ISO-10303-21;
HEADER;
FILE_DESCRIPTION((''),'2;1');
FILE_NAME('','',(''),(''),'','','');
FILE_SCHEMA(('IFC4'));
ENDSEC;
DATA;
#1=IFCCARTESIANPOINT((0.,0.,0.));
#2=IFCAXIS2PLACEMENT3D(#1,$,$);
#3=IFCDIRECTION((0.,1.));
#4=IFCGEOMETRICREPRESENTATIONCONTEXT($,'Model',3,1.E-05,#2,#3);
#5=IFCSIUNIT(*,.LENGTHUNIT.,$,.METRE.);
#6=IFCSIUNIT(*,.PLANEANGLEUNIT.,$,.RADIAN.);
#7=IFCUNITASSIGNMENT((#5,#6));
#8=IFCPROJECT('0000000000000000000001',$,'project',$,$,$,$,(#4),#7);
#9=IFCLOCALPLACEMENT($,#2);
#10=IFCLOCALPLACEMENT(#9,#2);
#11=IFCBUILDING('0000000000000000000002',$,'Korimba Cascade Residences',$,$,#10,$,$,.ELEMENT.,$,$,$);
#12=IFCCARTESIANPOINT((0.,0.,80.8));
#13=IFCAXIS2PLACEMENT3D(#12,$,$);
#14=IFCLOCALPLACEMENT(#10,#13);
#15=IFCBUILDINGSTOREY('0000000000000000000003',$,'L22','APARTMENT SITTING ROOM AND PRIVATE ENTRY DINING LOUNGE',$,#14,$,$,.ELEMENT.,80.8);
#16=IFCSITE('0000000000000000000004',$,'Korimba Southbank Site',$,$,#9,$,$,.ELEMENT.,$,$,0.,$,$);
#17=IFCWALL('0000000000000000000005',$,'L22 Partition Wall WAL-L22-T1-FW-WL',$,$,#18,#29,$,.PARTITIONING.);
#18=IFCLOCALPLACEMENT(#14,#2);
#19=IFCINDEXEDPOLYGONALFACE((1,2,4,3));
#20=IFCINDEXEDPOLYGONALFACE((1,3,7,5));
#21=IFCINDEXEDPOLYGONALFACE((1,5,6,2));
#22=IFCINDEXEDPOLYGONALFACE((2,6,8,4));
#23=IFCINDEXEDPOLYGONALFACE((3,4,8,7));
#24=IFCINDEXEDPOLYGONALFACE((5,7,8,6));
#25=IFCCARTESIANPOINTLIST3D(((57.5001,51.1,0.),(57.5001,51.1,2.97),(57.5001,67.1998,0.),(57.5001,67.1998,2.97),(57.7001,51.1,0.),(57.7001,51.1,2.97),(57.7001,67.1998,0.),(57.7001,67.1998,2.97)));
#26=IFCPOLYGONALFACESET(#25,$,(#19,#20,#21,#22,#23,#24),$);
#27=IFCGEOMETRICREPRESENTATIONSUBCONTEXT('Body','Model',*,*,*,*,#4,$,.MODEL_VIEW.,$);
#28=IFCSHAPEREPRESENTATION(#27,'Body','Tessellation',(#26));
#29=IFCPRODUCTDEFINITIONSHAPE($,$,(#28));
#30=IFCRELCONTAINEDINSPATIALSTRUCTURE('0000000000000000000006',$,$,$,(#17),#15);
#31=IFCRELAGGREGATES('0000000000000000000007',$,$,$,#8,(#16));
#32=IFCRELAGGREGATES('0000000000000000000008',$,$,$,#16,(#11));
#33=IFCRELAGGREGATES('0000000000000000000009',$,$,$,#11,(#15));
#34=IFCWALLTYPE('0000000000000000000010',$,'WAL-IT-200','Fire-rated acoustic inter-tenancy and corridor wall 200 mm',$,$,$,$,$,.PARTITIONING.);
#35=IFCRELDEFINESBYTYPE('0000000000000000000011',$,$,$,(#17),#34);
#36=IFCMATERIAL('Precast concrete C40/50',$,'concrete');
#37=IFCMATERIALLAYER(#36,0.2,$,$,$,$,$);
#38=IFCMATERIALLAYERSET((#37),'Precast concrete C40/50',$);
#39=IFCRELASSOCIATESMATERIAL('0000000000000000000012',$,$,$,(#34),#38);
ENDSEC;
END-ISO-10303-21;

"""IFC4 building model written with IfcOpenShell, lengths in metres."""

from ifc_helpers import new_model, si_unit, direction, frame, frame_2d, origin, place, context, subcontext, project, spatial, rectangle, extrude, material, layer, layer_set, type_object, element, save


model = new_model("IFC4")

# Units and contexts
model_context = context("Model", 3, precision=1e-05, world=origin(), true_north=direction((0.0, 1.0)))
body_context = subcontext(model_context, "Body", "Model", "MODEL_VIEW")
ifc_project = project(units=[si_unit("LENGTHUNIT", "METRE"), si_unit("PLANEANGLEUNIT", "RADIAN")], contexts=[model_context])

# Site, building, storey
site_placement = place(None, origin())
site = spatial("IfcSite", under=ifc_project, at=site_placement, Name="Korimba Southbank Site", CompositionType="ELEMENT", RefElevation=0.0)
building_placement = place(site_placement, origin())
building = spatial("IfcBuilding", under=site, at=building_placement, Name="Korimba Cascade Residences", CompositionType="ELEMENT")
storey_placement = place(building_placement, frame((0.0, 0.0, 80.8)))
storey = spatial("IfcBuildingStorey", under=building, at=storey_placement, Name="L22", Description="APARTMENT SITTING ROOM AND PRIVATE ENTRY DINING LOUNGE", CompositionType="ELEMENT", Elevation=80.8)

# Shared definitions
ifc_material_1 = material(Name="Precast concrete C40/50", Category="concrete")

# Wall
ifc_layer_1 = layer(ifc_material_1, 0.2)
ifc_layer_set_1 = layer_set([ifc_layer_1], Name="Precast concrete C40/50")
wall_type_1 = type_object("IfcWallType", Name="WAL-IT-200", Description="Fire-rated acoustic inter-tenancy and corridor wall 200 mm", PredefinedType="PARTITIONING", material=ifc_layer_set_1)
wall_1_placement = place(storey_placement, frame((57.6001, 51.1001, 0.0), z_axis=(0.0, 0.0, 1.0), x_axis=(0.0, 1.0, 0.0)))
element("IfcWall", 1, at=wall_1_placement, inside=storey, type_object=wall_type_1, Name="L22 Partition Wall WAL-L22-T1-FW-WL", PredefinedType="PARTITIONING", context=body_context, shape_type="SweptSolid", body=[
    extrude(rectangle(XDim=16.0999, YDim=0.2, at=frame_2d((8.0498, 0.0))), origin(), (0.0, 0.0, 1.0), 2.97),
])

save(model, "model.ifc")
